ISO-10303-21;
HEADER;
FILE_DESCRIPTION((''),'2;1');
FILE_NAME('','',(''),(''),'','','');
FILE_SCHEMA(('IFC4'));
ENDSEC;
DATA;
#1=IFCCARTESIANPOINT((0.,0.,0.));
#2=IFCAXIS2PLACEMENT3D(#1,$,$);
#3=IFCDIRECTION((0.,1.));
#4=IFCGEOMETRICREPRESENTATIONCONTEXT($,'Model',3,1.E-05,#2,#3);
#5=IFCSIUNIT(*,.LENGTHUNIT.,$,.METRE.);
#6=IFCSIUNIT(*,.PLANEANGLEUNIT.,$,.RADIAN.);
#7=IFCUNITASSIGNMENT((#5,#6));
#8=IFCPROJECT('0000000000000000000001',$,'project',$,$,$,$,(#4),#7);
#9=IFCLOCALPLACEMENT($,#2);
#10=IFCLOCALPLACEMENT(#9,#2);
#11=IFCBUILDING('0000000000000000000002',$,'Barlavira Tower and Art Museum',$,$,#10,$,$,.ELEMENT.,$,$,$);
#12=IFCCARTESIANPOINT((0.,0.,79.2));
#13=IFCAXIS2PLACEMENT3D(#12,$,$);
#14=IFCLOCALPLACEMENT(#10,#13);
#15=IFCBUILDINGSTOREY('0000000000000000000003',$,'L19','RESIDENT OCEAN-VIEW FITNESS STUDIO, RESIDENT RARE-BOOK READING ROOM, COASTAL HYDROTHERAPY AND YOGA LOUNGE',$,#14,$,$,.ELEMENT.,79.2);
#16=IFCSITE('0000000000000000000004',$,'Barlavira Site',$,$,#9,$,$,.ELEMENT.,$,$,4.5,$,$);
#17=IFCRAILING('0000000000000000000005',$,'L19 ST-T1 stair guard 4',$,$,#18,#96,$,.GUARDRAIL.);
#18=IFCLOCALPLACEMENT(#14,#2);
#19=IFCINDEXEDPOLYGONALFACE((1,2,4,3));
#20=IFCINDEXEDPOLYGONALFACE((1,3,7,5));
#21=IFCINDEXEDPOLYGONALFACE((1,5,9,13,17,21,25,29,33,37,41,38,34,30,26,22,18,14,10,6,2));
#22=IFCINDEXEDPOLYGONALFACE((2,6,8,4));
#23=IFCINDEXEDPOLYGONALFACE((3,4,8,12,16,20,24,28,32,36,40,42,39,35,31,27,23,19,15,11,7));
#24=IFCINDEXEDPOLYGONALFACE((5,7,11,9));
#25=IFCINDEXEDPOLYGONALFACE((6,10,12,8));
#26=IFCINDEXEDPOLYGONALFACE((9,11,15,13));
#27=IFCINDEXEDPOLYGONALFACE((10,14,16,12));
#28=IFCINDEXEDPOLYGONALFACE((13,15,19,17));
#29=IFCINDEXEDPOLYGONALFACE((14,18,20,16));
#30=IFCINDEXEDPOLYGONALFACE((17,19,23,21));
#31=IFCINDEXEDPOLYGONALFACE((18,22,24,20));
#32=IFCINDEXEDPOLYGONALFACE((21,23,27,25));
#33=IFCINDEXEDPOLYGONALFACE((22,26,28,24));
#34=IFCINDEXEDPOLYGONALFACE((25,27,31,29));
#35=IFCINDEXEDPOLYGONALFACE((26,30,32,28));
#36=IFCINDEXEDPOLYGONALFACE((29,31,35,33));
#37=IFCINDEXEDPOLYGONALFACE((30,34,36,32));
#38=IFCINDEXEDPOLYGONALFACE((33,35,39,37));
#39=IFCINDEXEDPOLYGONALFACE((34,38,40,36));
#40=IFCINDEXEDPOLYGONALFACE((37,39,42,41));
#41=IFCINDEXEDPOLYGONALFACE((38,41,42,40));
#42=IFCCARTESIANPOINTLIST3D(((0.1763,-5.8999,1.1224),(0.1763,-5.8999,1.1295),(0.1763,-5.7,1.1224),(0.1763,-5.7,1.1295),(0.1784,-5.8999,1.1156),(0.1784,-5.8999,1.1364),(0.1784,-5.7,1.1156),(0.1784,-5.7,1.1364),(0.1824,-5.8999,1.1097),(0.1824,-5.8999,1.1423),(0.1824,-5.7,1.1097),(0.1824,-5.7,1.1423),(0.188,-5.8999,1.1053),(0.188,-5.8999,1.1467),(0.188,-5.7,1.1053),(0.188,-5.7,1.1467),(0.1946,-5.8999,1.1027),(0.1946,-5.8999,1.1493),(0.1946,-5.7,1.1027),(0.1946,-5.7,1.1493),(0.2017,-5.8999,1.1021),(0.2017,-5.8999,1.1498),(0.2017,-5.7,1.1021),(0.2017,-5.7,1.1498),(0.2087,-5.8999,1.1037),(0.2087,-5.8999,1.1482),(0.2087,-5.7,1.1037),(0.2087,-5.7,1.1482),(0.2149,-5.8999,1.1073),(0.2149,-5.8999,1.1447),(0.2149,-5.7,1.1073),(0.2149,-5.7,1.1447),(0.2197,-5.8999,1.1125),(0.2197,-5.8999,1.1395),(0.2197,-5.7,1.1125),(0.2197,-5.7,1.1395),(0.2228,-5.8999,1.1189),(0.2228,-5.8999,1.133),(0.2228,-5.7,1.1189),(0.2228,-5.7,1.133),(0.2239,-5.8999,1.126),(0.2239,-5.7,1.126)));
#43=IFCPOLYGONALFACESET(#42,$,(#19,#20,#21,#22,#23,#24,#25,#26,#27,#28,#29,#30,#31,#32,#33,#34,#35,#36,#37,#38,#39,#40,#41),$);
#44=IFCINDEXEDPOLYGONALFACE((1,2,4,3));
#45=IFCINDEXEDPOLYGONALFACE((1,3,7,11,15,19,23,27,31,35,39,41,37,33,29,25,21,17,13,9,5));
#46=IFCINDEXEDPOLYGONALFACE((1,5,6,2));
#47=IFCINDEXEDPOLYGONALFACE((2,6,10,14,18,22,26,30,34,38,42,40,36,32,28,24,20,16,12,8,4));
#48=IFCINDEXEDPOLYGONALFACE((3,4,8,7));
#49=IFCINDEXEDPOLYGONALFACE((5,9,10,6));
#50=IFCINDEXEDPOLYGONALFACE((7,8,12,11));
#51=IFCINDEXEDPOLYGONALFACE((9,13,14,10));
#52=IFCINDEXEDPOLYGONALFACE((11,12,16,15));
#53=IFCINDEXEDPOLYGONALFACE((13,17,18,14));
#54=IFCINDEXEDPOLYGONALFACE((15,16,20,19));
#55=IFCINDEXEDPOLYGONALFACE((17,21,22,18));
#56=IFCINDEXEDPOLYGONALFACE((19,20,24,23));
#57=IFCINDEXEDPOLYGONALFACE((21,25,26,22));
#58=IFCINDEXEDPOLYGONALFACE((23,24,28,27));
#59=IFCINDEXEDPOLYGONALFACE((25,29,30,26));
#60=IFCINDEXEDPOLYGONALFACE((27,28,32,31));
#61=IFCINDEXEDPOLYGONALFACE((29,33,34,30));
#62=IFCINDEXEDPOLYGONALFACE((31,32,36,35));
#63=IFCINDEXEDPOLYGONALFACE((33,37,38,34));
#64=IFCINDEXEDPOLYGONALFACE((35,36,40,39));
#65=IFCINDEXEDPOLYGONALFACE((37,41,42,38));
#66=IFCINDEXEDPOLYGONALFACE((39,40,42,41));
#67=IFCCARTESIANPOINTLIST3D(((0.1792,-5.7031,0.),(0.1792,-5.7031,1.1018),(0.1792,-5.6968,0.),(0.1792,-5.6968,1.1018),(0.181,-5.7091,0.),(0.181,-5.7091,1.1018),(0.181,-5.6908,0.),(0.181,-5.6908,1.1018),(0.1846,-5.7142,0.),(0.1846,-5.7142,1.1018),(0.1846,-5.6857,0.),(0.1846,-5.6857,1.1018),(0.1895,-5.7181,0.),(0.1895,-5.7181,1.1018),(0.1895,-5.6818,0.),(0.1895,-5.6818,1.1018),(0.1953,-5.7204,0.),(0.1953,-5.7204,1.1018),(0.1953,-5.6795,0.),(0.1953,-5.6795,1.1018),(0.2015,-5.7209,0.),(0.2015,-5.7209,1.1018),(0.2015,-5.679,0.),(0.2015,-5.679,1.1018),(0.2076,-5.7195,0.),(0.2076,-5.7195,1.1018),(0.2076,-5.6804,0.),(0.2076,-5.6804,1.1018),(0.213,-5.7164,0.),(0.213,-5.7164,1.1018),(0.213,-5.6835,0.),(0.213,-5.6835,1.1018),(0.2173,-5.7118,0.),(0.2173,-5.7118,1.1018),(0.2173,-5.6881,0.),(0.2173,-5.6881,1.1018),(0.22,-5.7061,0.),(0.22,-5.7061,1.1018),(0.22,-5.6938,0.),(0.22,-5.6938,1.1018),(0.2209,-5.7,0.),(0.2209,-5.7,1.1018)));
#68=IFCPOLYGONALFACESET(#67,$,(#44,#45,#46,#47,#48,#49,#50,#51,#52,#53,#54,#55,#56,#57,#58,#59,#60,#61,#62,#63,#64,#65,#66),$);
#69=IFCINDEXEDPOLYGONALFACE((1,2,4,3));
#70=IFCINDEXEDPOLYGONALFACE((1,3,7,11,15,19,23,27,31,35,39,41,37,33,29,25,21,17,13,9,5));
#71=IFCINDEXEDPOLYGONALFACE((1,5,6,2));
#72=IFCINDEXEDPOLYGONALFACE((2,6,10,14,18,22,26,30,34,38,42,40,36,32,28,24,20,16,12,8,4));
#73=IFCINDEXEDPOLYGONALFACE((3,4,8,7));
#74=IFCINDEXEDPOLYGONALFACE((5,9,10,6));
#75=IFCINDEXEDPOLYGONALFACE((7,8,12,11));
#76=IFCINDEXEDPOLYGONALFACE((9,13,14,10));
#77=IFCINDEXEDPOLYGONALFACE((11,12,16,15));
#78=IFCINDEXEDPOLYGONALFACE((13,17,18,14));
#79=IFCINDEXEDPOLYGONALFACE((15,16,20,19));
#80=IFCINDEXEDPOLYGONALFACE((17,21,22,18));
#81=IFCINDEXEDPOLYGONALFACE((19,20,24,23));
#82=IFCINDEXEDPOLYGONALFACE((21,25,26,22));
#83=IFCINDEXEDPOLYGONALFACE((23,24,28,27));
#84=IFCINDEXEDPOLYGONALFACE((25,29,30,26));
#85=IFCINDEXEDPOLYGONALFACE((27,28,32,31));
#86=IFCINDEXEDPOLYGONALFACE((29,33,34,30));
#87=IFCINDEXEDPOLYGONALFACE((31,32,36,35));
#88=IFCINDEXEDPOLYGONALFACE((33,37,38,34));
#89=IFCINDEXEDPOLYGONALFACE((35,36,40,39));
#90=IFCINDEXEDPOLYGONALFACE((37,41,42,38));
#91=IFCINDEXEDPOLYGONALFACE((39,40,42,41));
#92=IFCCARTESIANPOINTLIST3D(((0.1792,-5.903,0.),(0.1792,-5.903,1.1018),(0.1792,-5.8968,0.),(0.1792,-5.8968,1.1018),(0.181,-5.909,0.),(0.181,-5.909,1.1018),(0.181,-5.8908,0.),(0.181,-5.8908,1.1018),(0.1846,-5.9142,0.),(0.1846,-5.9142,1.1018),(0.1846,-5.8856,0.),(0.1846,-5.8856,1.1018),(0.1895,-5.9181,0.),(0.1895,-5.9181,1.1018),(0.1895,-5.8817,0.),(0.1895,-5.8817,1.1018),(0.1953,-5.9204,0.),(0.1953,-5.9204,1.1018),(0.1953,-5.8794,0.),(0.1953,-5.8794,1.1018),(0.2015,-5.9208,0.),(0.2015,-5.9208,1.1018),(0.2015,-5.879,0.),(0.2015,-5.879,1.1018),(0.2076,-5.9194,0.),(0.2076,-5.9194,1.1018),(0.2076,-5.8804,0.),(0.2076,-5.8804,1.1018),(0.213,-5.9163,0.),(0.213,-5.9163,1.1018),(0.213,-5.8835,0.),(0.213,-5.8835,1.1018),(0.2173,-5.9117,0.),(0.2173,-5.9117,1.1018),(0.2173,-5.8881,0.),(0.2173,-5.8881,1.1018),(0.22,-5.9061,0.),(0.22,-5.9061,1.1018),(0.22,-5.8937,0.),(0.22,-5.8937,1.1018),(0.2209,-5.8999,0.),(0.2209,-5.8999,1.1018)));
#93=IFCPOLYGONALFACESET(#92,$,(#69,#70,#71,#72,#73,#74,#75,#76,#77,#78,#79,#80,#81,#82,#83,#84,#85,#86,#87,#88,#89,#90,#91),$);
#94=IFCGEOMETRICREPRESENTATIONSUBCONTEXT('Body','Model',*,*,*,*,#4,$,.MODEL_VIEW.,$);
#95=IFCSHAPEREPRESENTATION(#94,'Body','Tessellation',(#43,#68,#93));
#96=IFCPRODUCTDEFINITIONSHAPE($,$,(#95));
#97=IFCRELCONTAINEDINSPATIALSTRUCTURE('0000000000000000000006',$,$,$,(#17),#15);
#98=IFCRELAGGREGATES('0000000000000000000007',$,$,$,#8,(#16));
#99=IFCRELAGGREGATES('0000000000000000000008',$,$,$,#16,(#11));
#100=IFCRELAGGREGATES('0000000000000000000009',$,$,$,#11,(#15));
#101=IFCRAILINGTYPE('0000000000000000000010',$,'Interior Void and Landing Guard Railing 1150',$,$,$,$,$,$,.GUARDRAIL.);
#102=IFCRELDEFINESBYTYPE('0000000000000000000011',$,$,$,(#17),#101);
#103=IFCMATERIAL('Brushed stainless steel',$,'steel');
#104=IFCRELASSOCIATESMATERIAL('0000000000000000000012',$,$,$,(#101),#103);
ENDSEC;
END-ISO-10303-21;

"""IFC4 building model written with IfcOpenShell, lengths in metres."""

from ifc_helpers import new_model, si_unit, direction, frame, origin, origin_2d, place, context, subcontext, project, spatial, circle, extrude, material, type_object, element, save


model = new_model("IFC4")

# Units and contexts
model_context = context("Model", 3, precision=1e-05, world=origin(), true_north=direction((0.0, 1.0)))
body_context = subcontext(model_context, "Body", "Model", "MODEL_VIEW")
ifc_project = project(units=[si_unit("LENGTHUNIT", "METRE"), si_unit("PLANEANGLEUNIT", "RADIAN")], contexts=[model_context])

# Site, building, storey
site_placement = place(None, origin())
site = spatial("IfcSite", under=ifc_project, at=site_placement, Name="Barlavira Site", CompositionType="ELEMENT", RefElevation=4.5)
building_placement = place(site_placement, origin())
building = spatial("IfcBuilding", under=site, at=building_placement, Name="Barlavira Tower and Art Museum", CompositionType="ELEMENT")
storey_placement = place(building_placement, frame((0.0, 0.0, 79.2)))
storey = spatial("IfcBuildingStorey", under=building, at=storey_placement, Name="L19", Description="RESIDENT OCEAN-VIEW FITNESS STUDIO, RESIDENT RARE-BOOK READING ROOM, COASTAL HYDROTHERAPY AND YOGA LOUNGE", CompositionType="ELEMENT", Elevation=79.2)

# Shared definitions
ifc_material_1 = material(Name="Brushed stainless steel", Category="steel")

# Railing
railing_type_1 = type_object("IfcRailingType", Name="Interior Void and Landing Guard Railing 1150", PredefinedType="GUARDRAIL", material=ifc_material_1)
railing_1_placement = place(storey_placement, frame((0.2, -5.7, 0.0)))
element("IfcRailing", 1, at=railing_1_placement, inside=storey, type_object=railing_type_1, Name="L19 ST-T1 stair guard 4", PredefinedType="GUARDRAIL", context=body_context, shape_type="SweptSolid", body=[
    extrude(circle(Radius=0.0239, at=origin_2d()), frame((0.0, 0.0, 1.126), z_axis=(0.0, -1.0, 0.0), x_axis=(1.0, 0.0, 0.0)), (0.0, 0.0, 1.0), 0.2),
    extrude(circle(Radius=0.021, at=origin_2d()), origin(), (0.0, 0.0, 1.0), 1.1018),
    extrude(circle(Radius=0.021, at=origin_2d()), frame((0.0, -0.2, 0.0)), (0.0, 0.0, 1.0), 1.1018),
])

save(model, "model.ifc")
